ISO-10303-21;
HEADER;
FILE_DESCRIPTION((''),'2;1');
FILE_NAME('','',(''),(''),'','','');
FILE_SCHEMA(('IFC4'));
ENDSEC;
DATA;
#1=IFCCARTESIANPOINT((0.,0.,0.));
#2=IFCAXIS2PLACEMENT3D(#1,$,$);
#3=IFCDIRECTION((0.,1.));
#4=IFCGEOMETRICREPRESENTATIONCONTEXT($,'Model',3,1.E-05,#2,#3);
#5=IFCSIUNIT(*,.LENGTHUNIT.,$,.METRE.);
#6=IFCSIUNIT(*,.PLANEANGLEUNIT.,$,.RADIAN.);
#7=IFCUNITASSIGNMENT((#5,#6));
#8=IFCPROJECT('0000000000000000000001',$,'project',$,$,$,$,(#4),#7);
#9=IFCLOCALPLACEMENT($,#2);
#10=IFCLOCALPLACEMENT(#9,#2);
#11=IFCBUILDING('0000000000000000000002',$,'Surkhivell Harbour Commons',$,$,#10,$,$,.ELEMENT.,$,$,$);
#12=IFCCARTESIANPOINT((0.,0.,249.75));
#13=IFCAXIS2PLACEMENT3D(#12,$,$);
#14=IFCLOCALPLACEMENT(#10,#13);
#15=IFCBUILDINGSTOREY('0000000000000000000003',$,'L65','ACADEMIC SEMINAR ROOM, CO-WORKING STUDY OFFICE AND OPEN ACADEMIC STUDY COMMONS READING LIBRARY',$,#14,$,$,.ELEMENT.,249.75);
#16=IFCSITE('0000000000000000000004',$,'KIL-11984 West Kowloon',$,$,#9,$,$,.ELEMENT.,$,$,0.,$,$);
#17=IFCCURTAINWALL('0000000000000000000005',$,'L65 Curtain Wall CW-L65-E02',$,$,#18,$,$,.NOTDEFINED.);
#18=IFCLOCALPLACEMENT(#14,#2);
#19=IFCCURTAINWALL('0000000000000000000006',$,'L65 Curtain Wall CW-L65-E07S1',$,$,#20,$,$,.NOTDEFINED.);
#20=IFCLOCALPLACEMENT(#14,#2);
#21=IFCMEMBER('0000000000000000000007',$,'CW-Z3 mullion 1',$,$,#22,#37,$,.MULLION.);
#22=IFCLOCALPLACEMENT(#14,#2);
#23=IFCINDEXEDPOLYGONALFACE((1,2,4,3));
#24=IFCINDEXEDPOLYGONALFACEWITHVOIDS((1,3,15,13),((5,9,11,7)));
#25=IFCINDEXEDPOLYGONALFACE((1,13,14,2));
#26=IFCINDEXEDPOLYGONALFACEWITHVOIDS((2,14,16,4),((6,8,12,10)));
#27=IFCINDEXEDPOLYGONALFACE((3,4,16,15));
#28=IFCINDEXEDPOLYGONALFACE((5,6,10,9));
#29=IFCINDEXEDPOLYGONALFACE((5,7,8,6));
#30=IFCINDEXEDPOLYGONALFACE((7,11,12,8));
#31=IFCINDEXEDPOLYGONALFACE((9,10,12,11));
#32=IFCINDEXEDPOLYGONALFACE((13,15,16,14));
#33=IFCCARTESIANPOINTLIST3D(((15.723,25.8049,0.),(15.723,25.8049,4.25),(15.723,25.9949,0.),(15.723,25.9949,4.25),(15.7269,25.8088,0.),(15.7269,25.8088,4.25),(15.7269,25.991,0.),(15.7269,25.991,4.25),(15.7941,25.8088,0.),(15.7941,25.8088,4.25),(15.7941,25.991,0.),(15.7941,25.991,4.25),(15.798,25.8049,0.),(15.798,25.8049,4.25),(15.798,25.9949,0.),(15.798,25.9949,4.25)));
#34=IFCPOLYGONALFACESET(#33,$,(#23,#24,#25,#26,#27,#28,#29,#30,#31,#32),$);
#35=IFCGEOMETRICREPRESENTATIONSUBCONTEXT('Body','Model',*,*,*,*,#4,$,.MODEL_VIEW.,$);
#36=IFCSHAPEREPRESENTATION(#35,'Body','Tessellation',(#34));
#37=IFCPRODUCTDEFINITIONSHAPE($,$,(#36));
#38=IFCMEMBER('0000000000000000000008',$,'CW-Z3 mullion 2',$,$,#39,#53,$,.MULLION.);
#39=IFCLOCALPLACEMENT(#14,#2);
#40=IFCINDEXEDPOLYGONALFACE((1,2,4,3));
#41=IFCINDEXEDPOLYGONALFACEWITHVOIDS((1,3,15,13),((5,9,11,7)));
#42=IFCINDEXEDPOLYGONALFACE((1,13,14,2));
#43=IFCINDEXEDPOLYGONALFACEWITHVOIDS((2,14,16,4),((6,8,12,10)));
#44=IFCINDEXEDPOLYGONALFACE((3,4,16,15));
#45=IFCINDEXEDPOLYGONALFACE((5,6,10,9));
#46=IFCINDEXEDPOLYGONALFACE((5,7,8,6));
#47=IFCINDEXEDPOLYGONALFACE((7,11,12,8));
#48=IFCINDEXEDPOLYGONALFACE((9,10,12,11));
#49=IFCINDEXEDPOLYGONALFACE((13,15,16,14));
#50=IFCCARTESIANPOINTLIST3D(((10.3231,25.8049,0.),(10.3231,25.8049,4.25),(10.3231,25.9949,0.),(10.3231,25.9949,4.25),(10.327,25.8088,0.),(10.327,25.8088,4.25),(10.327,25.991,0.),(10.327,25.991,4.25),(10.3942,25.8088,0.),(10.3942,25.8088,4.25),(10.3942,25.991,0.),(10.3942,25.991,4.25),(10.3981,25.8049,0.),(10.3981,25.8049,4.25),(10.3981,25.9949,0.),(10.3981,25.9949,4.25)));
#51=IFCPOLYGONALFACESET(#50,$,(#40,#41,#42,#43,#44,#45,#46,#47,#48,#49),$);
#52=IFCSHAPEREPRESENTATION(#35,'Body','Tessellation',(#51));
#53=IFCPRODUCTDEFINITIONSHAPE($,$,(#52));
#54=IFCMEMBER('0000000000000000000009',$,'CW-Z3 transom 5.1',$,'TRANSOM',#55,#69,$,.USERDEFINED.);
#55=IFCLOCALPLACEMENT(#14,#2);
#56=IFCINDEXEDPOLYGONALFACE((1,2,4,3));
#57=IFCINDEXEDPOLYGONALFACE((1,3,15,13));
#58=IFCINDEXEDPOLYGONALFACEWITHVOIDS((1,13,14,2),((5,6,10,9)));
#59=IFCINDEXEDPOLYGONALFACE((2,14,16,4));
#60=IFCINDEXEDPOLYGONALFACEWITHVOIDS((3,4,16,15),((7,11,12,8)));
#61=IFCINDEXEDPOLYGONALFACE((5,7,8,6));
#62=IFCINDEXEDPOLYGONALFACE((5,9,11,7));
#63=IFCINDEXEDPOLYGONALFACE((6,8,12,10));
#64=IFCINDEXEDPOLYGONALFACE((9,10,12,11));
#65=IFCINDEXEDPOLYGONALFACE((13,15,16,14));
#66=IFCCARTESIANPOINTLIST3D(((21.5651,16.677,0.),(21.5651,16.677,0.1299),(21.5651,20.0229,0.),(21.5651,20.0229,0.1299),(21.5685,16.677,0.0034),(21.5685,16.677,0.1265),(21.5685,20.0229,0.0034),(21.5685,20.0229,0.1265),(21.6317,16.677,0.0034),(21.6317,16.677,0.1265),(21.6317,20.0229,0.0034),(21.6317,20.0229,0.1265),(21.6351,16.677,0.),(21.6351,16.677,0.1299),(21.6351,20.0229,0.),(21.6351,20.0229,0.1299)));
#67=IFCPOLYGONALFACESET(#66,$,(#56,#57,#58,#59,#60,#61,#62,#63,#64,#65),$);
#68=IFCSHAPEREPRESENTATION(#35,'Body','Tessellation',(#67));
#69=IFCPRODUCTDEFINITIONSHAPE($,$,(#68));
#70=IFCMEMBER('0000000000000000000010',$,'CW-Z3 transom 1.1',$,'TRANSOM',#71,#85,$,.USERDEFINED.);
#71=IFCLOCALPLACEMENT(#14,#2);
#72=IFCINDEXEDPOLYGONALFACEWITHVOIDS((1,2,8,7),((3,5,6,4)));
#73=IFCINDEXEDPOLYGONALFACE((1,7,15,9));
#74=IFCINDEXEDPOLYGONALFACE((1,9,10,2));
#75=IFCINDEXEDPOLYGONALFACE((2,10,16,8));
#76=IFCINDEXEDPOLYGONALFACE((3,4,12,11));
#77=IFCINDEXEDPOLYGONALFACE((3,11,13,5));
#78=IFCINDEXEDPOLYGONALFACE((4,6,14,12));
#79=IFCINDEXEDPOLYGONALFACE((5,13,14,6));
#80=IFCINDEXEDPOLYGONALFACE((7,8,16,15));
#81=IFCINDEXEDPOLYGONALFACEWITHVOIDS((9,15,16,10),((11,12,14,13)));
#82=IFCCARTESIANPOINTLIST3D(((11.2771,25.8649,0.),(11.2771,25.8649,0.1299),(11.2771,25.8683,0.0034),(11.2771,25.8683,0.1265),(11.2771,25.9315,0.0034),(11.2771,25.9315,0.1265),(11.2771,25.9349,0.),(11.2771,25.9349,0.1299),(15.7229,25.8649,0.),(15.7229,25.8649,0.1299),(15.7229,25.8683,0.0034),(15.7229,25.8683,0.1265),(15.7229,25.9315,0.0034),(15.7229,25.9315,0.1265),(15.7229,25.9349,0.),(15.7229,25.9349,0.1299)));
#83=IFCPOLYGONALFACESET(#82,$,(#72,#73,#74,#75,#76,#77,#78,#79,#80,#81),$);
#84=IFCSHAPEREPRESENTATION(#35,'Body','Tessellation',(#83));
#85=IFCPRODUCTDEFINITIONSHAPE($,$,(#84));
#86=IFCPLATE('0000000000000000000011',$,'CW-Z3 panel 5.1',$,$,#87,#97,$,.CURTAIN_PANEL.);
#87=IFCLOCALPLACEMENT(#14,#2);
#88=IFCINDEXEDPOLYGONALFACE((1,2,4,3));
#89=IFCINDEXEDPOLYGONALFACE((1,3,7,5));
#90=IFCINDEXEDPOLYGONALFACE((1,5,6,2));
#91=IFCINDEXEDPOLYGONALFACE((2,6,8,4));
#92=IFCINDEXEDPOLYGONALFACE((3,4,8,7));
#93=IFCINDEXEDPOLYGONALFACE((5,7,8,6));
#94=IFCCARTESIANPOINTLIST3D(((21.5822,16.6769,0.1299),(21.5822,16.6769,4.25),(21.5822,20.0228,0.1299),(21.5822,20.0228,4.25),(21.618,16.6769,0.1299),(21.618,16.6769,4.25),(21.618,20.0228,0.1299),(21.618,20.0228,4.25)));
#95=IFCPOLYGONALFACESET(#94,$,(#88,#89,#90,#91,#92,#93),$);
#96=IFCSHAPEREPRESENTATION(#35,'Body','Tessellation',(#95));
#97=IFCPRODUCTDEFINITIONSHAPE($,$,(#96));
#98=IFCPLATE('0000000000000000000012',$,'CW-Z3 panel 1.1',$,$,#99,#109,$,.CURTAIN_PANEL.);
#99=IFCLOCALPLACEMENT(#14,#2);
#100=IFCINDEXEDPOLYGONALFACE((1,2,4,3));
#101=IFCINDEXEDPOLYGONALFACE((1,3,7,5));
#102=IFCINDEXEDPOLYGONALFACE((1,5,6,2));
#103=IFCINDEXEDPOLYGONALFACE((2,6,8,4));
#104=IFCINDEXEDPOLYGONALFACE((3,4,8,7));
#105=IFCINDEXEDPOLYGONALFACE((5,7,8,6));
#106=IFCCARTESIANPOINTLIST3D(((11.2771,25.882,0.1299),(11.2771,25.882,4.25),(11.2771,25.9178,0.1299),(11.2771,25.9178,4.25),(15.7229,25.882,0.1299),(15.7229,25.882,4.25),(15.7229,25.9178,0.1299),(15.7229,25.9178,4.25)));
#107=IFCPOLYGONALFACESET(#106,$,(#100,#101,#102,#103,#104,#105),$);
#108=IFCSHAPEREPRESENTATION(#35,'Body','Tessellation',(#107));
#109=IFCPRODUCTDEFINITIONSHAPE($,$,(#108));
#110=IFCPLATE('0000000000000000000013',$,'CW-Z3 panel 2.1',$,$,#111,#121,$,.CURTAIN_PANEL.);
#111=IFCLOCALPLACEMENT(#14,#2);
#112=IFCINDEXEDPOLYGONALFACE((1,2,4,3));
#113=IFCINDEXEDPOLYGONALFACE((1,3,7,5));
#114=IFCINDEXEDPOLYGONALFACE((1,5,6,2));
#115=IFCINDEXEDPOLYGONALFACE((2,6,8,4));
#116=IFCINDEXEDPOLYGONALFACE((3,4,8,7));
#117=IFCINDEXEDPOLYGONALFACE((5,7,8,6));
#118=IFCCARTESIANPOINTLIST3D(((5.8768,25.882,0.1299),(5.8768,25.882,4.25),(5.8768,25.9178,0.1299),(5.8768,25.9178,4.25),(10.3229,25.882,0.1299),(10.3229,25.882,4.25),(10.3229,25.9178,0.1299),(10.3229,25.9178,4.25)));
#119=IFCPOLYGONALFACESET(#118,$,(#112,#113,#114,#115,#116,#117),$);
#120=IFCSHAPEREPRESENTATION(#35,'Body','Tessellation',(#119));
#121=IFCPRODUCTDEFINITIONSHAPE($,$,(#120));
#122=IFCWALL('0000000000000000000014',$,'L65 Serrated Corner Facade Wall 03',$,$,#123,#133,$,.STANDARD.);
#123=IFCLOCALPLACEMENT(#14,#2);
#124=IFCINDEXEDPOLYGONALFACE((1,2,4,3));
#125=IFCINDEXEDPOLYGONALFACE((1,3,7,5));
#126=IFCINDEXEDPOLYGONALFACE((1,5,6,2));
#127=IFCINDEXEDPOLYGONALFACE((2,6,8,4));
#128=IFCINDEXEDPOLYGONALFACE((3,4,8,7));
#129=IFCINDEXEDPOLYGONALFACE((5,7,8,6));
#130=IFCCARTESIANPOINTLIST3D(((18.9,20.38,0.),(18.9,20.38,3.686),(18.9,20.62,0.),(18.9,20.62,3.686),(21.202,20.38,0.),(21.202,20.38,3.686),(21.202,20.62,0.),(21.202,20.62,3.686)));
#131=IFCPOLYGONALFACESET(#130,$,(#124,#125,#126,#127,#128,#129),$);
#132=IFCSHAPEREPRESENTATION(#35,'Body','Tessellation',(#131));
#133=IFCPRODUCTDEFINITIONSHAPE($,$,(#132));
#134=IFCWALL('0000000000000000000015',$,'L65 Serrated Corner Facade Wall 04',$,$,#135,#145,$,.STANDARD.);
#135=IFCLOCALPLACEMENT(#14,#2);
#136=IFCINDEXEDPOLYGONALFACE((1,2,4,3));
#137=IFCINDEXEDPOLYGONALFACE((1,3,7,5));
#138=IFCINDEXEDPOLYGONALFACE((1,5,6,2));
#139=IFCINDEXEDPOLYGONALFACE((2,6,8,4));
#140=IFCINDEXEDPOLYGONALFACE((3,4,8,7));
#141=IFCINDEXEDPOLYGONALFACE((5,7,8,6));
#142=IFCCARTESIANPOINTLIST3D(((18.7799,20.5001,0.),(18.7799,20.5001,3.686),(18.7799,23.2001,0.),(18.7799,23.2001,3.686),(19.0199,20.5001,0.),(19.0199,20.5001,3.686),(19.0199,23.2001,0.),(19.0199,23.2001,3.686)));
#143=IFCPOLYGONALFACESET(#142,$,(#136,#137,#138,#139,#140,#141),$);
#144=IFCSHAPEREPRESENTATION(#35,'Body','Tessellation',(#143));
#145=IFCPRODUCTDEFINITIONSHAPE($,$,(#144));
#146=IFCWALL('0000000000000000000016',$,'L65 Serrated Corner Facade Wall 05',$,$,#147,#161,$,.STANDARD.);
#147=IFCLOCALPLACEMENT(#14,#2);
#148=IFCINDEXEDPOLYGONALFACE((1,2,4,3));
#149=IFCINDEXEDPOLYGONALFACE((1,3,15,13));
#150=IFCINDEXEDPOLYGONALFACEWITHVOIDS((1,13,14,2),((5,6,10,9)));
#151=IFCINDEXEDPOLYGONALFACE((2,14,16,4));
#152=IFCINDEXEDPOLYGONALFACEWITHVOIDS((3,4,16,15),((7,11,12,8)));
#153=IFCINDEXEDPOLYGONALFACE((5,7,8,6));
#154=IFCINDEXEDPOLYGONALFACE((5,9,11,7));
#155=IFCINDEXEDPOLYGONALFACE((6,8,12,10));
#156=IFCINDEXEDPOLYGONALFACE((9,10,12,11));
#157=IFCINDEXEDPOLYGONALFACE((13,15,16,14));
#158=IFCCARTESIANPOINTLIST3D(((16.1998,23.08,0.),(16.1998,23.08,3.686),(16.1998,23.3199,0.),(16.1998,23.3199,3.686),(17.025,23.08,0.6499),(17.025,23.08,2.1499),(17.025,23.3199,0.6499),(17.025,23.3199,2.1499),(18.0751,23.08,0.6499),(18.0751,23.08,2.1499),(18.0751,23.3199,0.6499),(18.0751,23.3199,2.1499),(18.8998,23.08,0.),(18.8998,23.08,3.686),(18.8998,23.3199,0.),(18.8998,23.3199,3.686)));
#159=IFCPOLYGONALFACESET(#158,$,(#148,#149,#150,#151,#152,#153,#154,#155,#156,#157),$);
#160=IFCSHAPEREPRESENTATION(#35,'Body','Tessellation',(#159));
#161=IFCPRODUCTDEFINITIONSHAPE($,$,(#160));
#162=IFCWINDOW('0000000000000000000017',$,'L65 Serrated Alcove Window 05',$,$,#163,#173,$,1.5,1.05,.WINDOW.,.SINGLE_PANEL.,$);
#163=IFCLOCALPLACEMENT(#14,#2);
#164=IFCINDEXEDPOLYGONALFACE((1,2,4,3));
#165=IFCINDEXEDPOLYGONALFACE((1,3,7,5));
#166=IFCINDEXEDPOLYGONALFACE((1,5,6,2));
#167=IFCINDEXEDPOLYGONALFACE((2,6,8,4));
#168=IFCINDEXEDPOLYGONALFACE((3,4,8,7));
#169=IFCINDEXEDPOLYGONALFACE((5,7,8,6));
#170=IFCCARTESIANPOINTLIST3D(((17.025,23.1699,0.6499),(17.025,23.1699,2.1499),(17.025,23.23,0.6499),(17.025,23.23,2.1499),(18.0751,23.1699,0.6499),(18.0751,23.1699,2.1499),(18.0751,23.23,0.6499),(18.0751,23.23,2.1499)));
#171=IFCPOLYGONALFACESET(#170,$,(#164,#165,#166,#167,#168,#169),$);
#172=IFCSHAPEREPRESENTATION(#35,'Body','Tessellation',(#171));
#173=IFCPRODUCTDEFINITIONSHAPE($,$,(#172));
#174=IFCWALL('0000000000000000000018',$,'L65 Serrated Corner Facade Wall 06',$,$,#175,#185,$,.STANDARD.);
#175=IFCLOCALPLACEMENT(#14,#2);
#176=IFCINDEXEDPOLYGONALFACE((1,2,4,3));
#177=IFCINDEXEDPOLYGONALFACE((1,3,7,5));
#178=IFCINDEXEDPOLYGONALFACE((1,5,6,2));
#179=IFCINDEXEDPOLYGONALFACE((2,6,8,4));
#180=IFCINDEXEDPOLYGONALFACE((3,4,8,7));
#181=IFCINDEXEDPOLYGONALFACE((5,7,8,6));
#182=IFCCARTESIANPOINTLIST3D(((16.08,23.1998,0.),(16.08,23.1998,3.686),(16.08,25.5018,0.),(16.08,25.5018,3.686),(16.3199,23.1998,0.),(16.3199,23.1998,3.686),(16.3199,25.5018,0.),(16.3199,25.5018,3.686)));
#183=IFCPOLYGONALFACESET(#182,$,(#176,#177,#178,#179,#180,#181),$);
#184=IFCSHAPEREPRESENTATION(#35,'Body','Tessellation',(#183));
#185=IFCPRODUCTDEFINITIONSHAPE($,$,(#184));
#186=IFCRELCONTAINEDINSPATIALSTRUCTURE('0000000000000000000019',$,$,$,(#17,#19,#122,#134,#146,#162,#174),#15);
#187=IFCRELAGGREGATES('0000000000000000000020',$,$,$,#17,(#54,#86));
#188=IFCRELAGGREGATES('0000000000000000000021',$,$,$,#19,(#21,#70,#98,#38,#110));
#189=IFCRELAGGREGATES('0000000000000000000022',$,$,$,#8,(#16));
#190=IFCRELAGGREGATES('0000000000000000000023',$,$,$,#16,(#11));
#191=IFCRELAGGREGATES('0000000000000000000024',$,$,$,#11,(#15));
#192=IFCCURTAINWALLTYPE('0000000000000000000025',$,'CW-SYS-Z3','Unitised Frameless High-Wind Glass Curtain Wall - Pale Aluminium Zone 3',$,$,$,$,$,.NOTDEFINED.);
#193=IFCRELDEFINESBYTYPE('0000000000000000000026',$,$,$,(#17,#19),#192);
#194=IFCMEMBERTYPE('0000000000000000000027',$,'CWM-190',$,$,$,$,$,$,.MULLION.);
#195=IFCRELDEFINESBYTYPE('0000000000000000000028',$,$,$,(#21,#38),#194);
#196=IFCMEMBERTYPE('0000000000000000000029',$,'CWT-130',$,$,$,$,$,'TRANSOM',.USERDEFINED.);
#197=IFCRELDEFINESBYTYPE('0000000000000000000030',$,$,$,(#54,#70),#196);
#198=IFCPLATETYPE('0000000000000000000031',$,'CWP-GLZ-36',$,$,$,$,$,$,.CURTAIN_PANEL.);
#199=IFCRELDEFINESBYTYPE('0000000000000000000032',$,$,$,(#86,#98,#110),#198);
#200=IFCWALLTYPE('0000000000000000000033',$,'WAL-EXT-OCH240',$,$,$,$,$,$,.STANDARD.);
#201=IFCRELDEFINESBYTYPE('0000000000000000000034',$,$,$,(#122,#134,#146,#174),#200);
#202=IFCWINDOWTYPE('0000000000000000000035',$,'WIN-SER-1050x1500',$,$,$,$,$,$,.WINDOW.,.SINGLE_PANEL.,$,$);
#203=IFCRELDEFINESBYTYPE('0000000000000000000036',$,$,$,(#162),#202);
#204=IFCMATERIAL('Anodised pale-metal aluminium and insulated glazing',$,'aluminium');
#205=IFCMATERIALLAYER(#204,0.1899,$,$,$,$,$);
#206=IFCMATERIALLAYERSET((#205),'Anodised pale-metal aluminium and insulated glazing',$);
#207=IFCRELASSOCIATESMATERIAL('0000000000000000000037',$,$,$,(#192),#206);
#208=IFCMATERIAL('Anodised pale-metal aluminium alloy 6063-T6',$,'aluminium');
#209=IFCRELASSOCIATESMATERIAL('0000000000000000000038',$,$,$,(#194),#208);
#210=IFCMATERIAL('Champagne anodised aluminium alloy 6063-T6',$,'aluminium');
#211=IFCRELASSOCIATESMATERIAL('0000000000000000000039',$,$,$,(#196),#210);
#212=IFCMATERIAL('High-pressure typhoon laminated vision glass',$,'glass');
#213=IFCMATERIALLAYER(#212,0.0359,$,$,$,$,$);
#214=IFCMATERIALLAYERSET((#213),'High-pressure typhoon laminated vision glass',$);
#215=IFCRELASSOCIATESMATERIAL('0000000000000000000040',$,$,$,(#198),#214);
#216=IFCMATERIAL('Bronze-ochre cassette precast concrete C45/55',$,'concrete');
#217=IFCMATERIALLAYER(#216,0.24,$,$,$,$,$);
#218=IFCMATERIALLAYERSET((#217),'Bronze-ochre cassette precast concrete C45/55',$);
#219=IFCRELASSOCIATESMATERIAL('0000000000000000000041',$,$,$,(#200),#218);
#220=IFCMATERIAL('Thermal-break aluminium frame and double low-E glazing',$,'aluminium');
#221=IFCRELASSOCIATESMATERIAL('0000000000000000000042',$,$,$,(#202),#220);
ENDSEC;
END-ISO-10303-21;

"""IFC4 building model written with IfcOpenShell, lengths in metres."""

from ifc_helpers import new_model, si_unit, direction, frame, frame_2d, origin, origin_2d, place, context, subcontext, project, spatial, rectangle, hollow_rectangle, extrude, material, layer, layer_set, material_profile, profile_set, type_object, element, fill, aggregate, save


model = new_model("IFC4")

# Units and contexts
model_context = context("Model", 3, precision=1e-05, world=origin(), true_north=direction((0.0, 1.0)))
body_context = subcontext(model_context, "Body", "Model", "MODEL_VIEW")
ifc_project = project(units=[si_unit("LENGTHUNIT", "METRE"), si_unit("PLANEANGLEUNIT", "RADIAN")], contexts=[model_context])

# Site, building, storey
site_placement = place(None, origin())
site = spatial("IfcSite", under=ifc_project, at=site_placement, Name="KIL-11984 West Kowloon", CompositionType="ELEMENT", RefElevation=0.0)
building_placement = place(site_placement, origin())
building = spatial("IfcBuilding", under=site, at=building_placement, Name="Surkhivell Harbour Commons", CompositionType="ELEMENT")
storey_placement = place(building_placement, frame((0.0, 0.0, 249.75)))
storey = spatial("IfcBuildingStorey", under=building, at=storey_placement, Name="L65", Description="ACADEMIC SEMINAR ROOM, CO-WORKING STUDY OFFICE AND OPEN ACADEMIC STUDY COMMONS READING LIBRARY", CompositionType="ELEMENT", Elevation=249.75)

# Curtain walls, members
ifc_material_1 = material(Name="Anodised pale-metal aluminium and insulated glazing", Category="aluminium")
ifc_layer_1 = layer(ifc_material_1, 0.1899)
ifc_layer_set_1 = layer_set([ifc_layer_1], Name="Anodised pale-metal aluminium and insulated glazing")
curtain_wall_type = type_object("IfcCurtainWallType", Name="CW-SYS-Z3", Description="Unitised Frameless High-Wind Glass Curtain Wall - Pale Aluminium Zone 3", PredefinedType="NOTDEFINED", material=ifc_layer_set_1)
curtain_wall_1_placement = place(storey_placement, origin())
curtain_wall_1 = element("IfcCurtainWall", 1, at=curtain_wall_1_placement, inside=storey, type_object=curtain_wall_type, Name="L65 Curtain Wall CW-L65-E02", PredefinedType="NOTDEFINED")
ifc_material_2 = material(Name="Anodised pale-metal aluminium alloy 6063-T6", Category="aluminium")
ifc_material_profile_1 = material_profile(ifc_material_2, hollow_rectangle(XDim=0.075, YDim=0.1899, WallThickness=0.0039, at=origin_2d()), Name="ALU-MULL-75x190")
ifc_profile_set_1 = profile_set([ifc_material_profile_1], Name="Anodised pale-metal aluminium alloy 6063-T6")
member_type_1 = type_object("IfcMemberType", Name="CWM-190", PredefinedType="MULLION", material=ifc_profile_set_1)
curtain_wall_2_placement = place(storey_placement, origin())
curtain_wall_2 = element("IfcCurtainWall", 2, at=curtain_wall_2_placement, inside=storey, type_object=curtain_wall_type, Name="L65 Curtain Wall CW-L65-E07S1", PredefinedType="NOTDEFINED")
member_1_placement = place(storey_placement, frame((15.7605, 25.8999, 0.0), z_axis=(0.0, 0.0, 1.0), x_axis=(-1.0, 0.0, 0.0)))
member_1 = element("IfcMember", 3, at=member_1_placement, type_object=member_type_1, Name="CW-Z3 mullion 1", PredefinedType="MULLION", context=body_context, shape_type="SweptSolid", body=[
    extrude(hollow_rectangle(XDim=0.075, YDim=0.1899, WallThickness=0.0039, at=origin_2d()), origin(), (0.0, 0.0, 1.0), 4.25),
])
member_2_placement = place(storey_placement, frame((10.3606, 25.8999, 0.0), z_axis=(0.0, 0.0, 1.0), x_axis=(-1.0, 0.0, 0.0)))
member_2 = element("IfcMember", 4, at=member_2_placement, type_object=member_type_1, Name="CW-Z3 mullion 2", PredefinedType="MULLION", context=body_context, shape_type="SweptSolid", body=[
    extrude(hollow_rectangle(XDim=0.075, YDim=0.1899, WallThickness=0.0039, at=origin_2d()), origin(), (0.0, 0.0, 1.0), 4.25),
])

# Members
ifc_material_3 = material(Name="Champagne anodised aluminium alloy 6063-T6", Category="aluminium")
ifc_material_profile_2 = material_profile(ifc_material_3, hollow_rectangle(XDim=0.0701, YDim=0.1299, WallThickness=0.0034, at=origin_2d()), Name="ALU-TRAN-70x130")
ifc_profile_set_2 = profile_set([ifc_material_profile_2], Name="Champagne anodised aluminium alloy 6063-T6")
member_type_2 = type_object("IfcMemberType", Name="CWT-130", ElementType="TRANSOM", PredefinedType="USERDEFINED", material=ifc_profile_set_2)
member_3_placement = place(storey_placement, frame((21.6001, 16.677, 0.0649), z_axis=(0.0, 1.0, 0.0), x_axis=(-1.0, 0.0, 0.0)))
member_3 = element("IfcMember", 5, at=member_3_placement, type_object=member_type_2, Name="CW-Z3 transom 5.1", ObjectType="TRANSOM", PredefinedType="USERDEFINED", context=body_context, shape_type="SweptSolid", body=[
    extrude(hollow_rectangle(XDim=0.0701, YDim=0.1299, WallThickness=0.0034, at=origin_2d()), origin(), (0.0, 0.0, 1.0), 3.3459),
])
member_4_placement = place(storey_placement, frame((15.7229, 25.8999, 0.0649), z_axis=(-1.0, 0.0, 0.0), x_axis=(0.0, -1.0, 0.0)))
member_4 = element("IfcMember", 6, at=member_4_placement, type_object=member_type_2, Name="CW-Z3 transom 1.1", ObjectType="TRANSOM", PredefinedType="USERDEFINED", context=body_context, shape_type="SweptSolid", body=[
    extrude(hollow_rectangle(XDim=0.0701, YDim=0.1299, WallThickness=0.0034, at=origin_2d()), origin(), (0.0, 0.0, 1.0), 4.4458),
])

# Plates
ifc_material_4 = material(Name="High-pressure typhoon laminated vision glass", Category="glass")
ifc_layer_2 = layer(ifc_material_4, 0.0359)
ifc_layer_set_2 = layer_set([ifc_layer_2], Name="High-pressure typhoon laminated vision glass")
plate_type = type_object("IfcPlateType", Name="CWP-GLZ-36", PredefinedType="CURTAIN_PANEL", material=ifc_layer_set_2)
plate_1_placement = place(storey_placement, frame((21.6001, 16.677, 0.1299), z_axis=(0.0, 0.0, 1.0), x_axis=(0.0, 1.0, 0.0)))
plate_1 = element("IfcPlate", 7, at=plate_1_placement, type_object=plate_type, Name="CW-Z3 panel 5.1", PredefinedType="CURTAIN_PANEL", context=body_context, shape_type="SweptSolid", body=[
    extrude(rectangle(XDim=3.3459, YDim=0.0359, at=frame_2d((1.6729, 0.0))), origin(), (0.0, 0.0, 1.0), 4.1201),
])
aggregate(curtain_wall_1, [member_3, plate_1])
plate_2_placement = place(storey_placement, frame((15.7229, 25.8999, 0.1299), z_axis=(0.0, 0.0, 1.0), x_axis=(-1.0, 0.0, 0.0)))
plate_2 = element("IfcPlate", 8, at=plate_2_placement, type_object=plate_type, Name="CW-Z3 panel 1.1", PredefinedType="CURTAIN_PANEL", context=body_context, shape_type="SweptSolid", body=[
    extrude(rectangle(XDim=4.4458, YDim=0.0359, at=frame_2d((2.2229, 0.0))), origin(), (0.0, 0.0, 1.0), 4.1201),
])
plate_3_placement = place(storey_placement, frame((10.323, 25.8999, 0.1299), z_axis=(0.0, 0.0, 1.0), x_axis=(-1.0, 0.0, 0.0)))
plate_3 = element("IfcPlate", 9, at=plate_3_placement, type_object=plate_type, Name="CW-Z3 panel 2.1", PredefinedType="CURTAIN_PANEL", context=body_context, shape_type="SweptSolid", body=[
    extrude(rectangle(XDim=4.446, YDim=0.0359, at=frame_2d((2.2231, 0.0))), origin(), (0.0, 0.0, 1.0), 4.1201),
])
aggregate(curtain_wall_2, [member_1, member_4, plate_2, member_2, plate_3])

# Walls
ifc_material_5 = material(Name="Bronze-ochre cassette precast concrete C45/55", Category="concrete")
ifc_layer_3 = layer(ifc_material_5, 0.24)
ifc_layer_set_3 = layer_set([ifc_layer_3], Name="Bronze-ochre cassette precast concrete C45/55")
wall_type_1 = type_object("IfcWallType", Name="WAL-EXT-OCH240", PredefinedType="STANDARD", material=ifc_layer_set_3)
wall_1_placement = place(storey_placement, frame((21.2019, 20.5, 0.0), z_axis=(0.0, 0.0, 1.0), x_axis=(-1.0, 0.0, 0.0)))
element("IfcWall", 10, at=wall_1_placement, inside=storey, type_object=wall_type_1, Name="L65 Serrated Corner Facade Wall 03", PredefinedType="STANDARD", context=body_context, shape_type="SweptSolid", body=[
    extrude(rectangle(XDim=2.302, YDim=0.24, at=frame_2d((1.1509, 0.0))), origin(), (0.0, 0.0, 1.0), 3.686),
])
wall_2_placement = place(storey_placement, frame((18.8999, 20.5, 0.0), z_axis=(0.0, 0.0, 1.0), x_axis=(0.0, 1.0, 0.0)))
element("IfcWall", 11, at=wall_2_placement, inside=storey, type_object=wall_type_1, Name="L65 Serrated Corner Facade Wall 04", PredefinedType="STANDARD", context=body_context, shape_type="SweptSolid", body=[
    extrude(rectangle(XDim=2.7, YDim=0.24, at=frame_2d((1.3501, 0.0))), origin(), (0.0, 0.0, 1.0), 3.686),
])

# Wall, opening, window
wall_3_placement = place(storey_placement, frame((18.8999, 23.2, 0.0), z_axis=(0.0, 0.0, 1.0), x_axis=(-1.0, 0.0, 0.0)))
wall_3 = element("IfcWall", 12, at=wall_3_placement, inside=storey, type_object=wall_type_1, Name="L65 Serrated Corner Facade Wall 05", PredefinedType="STANDARD", context=body_context, shape_type="SweptSolid", body=[
    extrude(rectangle(XDim=2.7, YDim=0.24, at=frame_2d((1.3501, 0.0))), origin(), (0.0, 0.0, 1.0), 3.686),
])
opening_placement = place(wall_3_placement, frame((0.825, 0.0, 0.6499)))
opening = element("IfcOpeningElement", 13, at=opening_placement, cuts=wall_3, PredefinedType="OPENING", context=body_context, shape_type="SweptSolid", body=[
    extrude(rectangle(XDim=1.05, YDim=1.5, at=frame_2d((0.5249, 0.75))), frame((0.0, 0.1299, 0.0), z_axis=(0.0, -1.0, 0.0), x_axis=(1.0, 0.0, 0.0)), (0.0, 0.0, 1.0), 0.26),
])
ifc_material_6 = material(Name="Thermal-break aluminium frame and double low-E glazing", Category="aluminium")
window_type = type_object("IfcWindowType", Name="WIN-SER-1050x1500", PartitioningType="SINGLE_PANEL", PredefinedType="WINDOW", material=ifc_material_6)
window_placement = place(opening_placement, origin())
window = element("IfcWindow", 14, at=window_placement, inside=storey, type_object=window_type, Name="L65 Serrated Alcove Window 05", OverallHeight=1.5, OverallWidth=1.05, PartitioningType="SINGLE_PANEL", PredefinedType="WINDOW", context=body_context, shape_type="SweptSolid", body=[
    extrude(rectangle(XDim=1.05, YDim=1.5, at=frame_2d((0.5249, 0.75))), frame((0.0, 0.03, 0.0), z_axis=(0.0, -1.0, 0.0), x_axis=(1.0, 0.0, 0.0)), (0.0, 0.0, 1.0), 0.0601),
])
fill(opening, window)

# Wall
wall_4_placement = place(storey_placement, frame((16.2, 23.2, 0.0), z_axis=(0.0, 0.0, 1.0), x_axis=(0.0, 1.0, 0.0)))
element("IfcWall", 15, at=wall_4_placement, inside=storey, type_object=wall_type_1, Name="L65 Serrated Corner Facade Wall 06", PredefinedType="STANDARD", context=body_context, shape_type="SweptSolid", body=[
    extrude(rectangle(XDim=2.302, YDim=0.24, at=frame_2d((1.1509, 0.0))), origin(), (0.0, 0.0, 1.0), 3.686),
])

save(model, "model.ifc")
